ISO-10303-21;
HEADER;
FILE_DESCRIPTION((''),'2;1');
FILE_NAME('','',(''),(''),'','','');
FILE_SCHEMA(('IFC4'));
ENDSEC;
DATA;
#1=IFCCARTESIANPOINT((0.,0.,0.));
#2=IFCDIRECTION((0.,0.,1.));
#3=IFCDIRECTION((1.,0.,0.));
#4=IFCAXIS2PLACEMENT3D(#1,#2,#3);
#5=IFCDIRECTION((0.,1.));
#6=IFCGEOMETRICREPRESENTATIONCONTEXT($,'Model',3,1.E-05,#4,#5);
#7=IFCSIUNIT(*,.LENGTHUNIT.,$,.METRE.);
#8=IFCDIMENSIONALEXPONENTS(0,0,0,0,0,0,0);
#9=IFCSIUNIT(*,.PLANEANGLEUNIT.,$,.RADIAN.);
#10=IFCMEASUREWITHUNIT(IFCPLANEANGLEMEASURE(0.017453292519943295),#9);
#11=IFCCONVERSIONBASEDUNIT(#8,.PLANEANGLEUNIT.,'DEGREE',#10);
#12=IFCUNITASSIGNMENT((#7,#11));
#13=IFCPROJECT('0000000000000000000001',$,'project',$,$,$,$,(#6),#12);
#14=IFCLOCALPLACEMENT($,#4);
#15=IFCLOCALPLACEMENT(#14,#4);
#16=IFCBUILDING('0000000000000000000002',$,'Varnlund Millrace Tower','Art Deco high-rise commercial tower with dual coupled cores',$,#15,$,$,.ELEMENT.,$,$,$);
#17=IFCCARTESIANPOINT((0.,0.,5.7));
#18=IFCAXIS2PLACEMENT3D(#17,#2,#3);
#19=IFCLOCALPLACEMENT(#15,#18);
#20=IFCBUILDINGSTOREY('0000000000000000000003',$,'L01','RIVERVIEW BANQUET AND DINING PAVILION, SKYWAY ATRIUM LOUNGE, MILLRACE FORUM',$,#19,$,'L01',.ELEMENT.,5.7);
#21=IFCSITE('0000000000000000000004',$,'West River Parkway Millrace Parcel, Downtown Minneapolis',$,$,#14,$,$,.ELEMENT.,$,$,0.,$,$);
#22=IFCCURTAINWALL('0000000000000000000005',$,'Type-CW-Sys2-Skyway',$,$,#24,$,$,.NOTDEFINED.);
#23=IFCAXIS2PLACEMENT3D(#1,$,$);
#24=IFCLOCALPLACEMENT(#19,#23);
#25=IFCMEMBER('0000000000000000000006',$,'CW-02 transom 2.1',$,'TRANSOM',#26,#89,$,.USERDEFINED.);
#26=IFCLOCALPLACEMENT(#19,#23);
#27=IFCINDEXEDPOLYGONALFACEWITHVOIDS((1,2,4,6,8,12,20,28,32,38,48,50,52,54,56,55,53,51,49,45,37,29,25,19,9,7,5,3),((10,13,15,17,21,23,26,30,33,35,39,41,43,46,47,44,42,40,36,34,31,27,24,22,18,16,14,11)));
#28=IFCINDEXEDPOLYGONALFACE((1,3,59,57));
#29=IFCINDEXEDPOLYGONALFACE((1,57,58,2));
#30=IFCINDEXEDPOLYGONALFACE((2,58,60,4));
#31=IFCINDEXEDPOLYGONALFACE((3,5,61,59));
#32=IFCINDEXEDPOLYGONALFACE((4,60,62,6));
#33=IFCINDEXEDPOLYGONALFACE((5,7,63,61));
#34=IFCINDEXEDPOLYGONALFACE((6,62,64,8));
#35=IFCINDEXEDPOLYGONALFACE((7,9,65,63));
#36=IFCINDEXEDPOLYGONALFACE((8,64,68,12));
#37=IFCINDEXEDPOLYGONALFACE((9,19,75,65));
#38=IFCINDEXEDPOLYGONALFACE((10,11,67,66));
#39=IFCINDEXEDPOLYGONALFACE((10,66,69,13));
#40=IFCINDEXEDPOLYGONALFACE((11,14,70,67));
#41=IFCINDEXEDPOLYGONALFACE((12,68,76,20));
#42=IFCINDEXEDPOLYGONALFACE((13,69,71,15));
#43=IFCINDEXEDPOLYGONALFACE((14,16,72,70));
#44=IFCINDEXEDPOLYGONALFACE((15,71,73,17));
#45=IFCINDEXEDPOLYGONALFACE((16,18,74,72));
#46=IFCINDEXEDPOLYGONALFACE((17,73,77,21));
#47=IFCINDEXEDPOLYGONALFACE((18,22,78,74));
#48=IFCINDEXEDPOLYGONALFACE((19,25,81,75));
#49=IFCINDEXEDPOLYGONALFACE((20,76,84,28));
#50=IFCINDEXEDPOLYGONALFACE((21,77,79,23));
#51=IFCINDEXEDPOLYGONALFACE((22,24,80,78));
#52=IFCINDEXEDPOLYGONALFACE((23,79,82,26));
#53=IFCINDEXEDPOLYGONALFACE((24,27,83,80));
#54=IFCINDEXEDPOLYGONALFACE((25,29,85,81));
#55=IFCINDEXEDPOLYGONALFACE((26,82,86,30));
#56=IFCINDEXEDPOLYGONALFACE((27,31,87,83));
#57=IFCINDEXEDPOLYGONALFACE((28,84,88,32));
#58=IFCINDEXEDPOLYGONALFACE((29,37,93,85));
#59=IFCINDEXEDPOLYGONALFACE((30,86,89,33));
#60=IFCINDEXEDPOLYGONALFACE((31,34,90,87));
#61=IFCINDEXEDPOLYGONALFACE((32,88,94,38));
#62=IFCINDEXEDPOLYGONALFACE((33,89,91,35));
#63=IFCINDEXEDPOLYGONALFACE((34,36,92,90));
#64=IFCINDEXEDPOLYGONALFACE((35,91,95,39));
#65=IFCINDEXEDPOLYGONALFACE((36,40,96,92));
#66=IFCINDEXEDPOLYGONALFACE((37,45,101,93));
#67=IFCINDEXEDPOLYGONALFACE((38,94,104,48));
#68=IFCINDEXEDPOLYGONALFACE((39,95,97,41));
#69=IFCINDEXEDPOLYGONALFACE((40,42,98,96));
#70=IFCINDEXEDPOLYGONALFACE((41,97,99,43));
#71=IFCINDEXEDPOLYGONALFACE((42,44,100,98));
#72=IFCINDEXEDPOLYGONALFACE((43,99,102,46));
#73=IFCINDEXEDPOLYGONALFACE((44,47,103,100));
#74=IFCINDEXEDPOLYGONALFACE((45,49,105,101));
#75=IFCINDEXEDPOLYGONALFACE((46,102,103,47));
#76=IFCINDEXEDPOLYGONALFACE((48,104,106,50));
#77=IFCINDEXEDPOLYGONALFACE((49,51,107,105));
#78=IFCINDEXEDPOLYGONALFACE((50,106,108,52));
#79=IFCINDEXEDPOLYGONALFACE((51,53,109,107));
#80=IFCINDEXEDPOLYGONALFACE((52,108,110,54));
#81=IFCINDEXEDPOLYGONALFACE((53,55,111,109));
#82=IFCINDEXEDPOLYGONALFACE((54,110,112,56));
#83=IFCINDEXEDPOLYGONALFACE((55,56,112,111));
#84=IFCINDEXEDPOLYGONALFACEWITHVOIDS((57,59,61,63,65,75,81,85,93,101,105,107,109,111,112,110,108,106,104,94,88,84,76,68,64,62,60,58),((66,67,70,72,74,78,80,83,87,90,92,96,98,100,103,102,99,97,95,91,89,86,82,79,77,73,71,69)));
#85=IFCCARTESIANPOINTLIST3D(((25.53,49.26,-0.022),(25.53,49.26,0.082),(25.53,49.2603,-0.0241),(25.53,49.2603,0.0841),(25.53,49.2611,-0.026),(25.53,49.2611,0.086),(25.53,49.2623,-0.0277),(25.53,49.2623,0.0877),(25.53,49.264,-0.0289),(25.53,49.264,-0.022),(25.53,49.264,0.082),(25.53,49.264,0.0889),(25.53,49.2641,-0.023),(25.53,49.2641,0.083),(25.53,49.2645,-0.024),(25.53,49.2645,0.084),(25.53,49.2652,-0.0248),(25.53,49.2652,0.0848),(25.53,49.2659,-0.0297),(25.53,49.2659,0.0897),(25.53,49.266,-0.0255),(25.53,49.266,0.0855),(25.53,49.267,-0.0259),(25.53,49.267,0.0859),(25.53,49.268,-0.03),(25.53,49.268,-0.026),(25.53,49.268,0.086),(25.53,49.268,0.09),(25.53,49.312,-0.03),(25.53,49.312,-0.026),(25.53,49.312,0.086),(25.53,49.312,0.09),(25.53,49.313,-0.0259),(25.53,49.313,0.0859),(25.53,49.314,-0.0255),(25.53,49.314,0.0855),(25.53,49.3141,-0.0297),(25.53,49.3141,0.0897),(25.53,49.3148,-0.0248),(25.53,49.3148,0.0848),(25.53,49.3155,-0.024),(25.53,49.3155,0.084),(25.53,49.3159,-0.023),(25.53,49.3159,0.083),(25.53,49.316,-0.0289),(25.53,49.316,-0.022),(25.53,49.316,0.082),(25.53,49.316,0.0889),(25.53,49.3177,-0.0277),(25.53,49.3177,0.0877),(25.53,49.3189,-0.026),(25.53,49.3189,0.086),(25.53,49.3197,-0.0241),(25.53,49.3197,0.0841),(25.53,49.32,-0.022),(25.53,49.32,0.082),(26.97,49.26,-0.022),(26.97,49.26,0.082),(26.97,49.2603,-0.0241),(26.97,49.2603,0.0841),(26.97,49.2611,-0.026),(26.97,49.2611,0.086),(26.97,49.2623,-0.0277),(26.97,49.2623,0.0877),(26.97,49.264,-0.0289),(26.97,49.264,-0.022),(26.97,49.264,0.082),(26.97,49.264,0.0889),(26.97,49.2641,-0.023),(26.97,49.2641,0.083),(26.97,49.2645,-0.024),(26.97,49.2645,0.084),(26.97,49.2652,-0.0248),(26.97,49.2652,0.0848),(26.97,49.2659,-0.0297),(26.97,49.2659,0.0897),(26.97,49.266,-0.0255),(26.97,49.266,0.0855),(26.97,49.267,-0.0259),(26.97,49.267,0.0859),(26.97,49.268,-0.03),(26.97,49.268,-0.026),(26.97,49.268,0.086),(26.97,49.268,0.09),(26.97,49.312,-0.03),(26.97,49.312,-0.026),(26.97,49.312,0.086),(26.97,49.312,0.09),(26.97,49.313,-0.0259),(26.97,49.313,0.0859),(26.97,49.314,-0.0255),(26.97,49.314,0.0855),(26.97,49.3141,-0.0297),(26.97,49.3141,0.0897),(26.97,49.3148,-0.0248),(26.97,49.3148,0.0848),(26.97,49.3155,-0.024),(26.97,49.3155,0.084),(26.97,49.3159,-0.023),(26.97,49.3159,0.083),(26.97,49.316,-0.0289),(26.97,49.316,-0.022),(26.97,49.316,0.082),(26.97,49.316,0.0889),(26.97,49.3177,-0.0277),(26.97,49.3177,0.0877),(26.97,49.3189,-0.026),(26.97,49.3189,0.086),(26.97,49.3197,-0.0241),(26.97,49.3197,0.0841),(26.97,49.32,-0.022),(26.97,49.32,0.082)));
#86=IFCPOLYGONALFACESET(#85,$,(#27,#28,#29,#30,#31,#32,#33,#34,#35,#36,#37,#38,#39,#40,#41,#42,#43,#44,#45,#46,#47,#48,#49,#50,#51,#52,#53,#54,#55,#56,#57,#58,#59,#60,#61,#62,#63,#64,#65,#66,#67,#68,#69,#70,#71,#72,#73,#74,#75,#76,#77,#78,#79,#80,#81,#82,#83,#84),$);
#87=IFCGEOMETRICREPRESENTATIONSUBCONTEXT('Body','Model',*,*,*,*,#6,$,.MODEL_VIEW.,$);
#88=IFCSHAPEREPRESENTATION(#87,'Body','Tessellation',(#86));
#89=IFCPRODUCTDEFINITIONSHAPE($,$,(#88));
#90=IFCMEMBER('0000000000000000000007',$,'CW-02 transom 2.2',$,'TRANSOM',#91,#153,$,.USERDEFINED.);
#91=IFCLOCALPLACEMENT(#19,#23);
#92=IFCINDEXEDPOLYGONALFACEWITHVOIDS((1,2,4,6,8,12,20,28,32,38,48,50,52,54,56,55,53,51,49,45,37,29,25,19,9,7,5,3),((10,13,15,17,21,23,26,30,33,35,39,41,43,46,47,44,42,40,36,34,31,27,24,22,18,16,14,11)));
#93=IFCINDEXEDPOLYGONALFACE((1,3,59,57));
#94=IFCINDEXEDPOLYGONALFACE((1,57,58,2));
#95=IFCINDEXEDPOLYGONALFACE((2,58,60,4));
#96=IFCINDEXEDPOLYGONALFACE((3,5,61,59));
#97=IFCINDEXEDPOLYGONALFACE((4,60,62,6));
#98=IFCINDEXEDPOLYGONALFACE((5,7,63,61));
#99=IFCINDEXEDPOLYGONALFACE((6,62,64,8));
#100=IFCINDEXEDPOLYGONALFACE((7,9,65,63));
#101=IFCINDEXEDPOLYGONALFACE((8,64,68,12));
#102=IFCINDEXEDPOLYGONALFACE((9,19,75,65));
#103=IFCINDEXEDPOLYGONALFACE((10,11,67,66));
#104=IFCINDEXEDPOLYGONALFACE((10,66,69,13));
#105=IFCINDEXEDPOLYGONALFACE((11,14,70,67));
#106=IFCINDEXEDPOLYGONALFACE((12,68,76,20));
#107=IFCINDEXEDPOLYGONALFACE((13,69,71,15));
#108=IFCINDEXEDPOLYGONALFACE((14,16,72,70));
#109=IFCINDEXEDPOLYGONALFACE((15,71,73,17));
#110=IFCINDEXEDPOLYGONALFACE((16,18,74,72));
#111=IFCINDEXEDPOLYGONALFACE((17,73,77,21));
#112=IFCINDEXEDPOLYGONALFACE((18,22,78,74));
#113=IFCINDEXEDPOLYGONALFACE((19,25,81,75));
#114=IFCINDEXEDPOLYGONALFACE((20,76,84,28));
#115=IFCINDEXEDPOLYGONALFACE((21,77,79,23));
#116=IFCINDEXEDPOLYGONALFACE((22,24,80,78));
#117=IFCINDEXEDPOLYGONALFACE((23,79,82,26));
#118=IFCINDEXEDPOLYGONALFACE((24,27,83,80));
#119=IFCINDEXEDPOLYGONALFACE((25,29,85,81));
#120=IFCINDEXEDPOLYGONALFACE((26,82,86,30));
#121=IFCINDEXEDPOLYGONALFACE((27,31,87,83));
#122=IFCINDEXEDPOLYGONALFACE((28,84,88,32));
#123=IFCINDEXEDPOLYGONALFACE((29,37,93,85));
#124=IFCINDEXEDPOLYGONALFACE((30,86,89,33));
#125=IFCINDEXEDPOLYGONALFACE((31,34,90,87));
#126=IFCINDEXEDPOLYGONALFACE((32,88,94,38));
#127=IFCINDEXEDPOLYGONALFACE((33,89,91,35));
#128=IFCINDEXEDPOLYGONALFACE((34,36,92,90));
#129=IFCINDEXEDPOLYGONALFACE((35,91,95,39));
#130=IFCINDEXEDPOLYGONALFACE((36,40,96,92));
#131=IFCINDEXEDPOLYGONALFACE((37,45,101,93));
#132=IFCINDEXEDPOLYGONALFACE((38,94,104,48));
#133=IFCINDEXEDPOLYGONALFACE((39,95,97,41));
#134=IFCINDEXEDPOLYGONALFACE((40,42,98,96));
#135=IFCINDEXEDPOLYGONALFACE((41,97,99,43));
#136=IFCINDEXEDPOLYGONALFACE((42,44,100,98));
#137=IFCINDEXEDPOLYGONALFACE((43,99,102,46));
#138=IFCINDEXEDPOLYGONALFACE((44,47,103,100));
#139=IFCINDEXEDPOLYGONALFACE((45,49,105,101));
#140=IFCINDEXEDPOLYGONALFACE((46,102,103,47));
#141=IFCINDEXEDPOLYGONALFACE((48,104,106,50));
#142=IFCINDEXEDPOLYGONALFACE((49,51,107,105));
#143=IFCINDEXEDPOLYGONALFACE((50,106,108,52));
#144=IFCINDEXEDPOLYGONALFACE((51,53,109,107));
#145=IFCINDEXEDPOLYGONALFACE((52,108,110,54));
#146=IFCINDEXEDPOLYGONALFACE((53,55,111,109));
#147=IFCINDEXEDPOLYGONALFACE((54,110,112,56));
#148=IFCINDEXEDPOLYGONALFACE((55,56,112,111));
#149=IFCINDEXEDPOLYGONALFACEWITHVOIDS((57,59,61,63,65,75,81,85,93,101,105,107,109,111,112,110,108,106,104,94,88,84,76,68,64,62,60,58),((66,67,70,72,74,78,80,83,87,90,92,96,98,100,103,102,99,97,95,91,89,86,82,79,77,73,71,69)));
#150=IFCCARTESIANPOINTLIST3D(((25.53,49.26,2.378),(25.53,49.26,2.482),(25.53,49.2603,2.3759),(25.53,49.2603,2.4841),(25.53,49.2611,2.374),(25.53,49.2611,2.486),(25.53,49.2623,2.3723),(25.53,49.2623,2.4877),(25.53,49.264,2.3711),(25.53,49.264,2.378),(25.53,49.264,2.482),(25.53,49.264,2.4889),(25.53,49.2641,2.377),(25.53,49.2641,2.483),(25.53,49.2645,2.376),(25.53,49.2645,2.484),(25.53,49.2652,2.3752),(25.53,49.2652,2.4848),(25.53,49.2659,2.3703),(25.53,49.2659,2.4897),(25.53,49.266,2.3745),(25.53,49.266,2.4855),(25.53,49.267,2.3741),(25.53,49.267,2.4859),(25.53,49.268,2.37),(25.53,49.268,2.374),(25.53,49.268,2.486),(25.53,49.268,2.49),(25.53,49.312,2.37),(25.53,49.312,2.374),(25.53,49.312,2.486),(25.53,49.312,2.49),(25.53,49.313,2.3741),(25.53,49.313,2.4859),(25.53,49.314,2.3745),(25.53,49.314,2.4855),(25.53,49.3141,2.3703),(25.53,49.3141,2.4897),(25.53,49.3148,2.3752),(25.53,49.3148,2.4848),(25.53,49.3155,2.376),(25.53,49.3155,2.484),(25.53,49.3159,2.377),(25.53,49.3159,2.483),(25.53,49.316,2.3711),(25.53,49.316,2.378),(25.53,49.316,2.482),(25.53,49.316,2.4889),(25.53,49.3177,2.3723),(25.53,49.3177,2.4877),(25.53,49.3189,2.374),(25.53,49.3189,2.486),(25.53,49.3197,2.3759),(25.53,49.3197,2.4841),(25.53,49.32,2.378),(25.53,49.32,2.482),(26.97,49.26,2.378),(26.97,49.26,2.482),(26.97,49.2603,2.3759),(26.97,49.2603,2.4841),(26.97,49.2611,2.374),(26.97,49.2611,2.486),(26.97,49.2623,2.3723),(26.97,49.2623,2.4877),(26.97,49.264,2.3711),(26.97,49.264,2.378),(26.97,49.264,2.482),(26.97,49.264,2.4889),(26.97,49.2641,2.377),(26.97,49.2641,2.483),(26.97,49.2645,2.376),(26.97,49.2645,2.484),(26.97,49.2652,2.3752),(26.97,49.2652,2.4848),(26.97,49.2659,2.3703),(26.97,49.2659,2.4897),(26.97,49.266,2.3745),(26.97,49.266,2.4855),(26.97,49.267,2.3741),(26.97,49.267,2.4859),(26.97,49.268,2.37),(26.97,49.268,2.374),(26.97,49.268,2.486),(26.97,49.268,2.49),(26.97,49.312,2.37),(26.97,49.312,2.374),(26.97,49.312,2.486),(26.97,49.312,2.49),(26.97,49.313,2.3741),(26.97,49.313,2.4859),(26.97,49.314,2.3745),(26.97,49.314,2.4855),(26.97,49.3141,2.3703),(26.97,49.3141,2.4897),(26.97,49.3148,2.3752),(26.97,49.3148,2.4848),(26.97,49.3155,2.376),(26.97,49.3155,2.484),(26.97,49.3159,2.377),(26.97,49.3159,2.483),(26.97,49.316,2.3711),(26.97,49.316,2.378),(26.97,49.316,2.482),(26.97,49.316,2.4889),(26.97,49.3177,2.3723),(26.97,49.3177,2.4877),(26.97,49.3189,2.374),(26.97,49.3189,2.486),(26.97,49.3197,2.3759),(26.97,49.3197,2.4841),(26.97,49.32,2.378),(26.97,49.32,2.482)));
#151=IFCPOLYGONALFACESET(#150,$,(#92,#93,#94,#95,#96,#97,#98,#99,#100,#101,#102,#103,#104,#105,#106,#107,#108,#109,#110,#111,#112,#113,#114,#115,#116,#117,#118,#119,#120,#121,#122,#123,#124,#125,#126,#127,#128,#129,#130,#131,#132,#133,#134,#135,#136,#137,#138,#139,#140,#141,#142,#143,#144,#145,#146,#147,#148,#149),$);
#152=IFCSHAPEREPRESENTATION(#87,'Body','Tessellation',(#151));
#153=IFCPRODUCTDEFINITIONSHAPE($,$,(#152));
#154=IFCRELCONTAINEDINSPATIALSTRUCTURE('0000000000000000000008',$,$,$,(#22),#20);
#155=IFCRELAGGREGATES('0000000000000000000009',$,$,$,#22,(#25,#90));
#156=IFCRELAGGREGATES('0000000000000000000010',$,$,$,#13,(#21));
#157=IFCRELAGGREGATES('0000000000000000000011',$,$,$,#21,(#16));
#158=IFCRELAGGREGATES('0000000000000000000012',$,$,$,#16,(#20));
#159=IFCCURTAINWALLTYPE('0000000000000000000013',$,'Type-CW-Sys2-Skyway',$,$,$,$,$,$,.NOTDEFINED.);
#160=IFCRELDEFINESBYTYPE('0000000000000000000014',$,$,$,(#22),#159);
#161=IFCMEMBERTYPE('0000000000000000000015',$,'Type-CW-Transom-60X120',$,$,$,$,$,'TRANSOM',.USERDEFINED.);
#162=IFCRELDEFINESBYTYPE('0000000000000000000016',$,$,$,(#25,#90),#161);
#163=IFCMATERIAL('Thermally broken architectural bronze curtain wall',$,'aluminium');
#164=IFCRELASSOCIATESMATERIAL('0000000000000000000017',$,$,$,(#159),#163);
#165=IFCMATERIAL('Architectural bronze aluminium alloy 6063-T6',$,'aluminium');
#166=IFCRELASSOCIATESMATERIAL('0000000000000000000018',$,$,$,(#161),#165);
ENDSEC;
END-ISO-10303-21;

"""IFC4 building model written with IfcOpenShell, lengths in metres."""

from ifc_helpers import new_model, entity, si_unit, converted_unit, direction, frame, origin_with_axes, origin_2d_with_axis, place, context, subcontext, project, spatial, hollow_rectangle, extrude, material, material_profile, profile_set, type_object, element, aggregate, save


model = new_model("IFC4")

# Units and contexts
model_context = context("Model", 3, precision=1e-05, world=origin_with_axes(), true_north=direction((0.0, 1.0)))
body_context = subcontext(model_context, "Body", "Model", "MODEL_VIEW")
ifc_project = project(units=[si_unit("LENGTHUNIT", "METRE"), converted_unit("PLANEANGLEUNIT", "DEGREE", entity("IfcPlaneAngleMeasure", 0.017453292519943295), si_unit("PLANEANGLEUNIT", "RADIAN"), dimensions=[0, 0, 0, 0, 0, 0, 0])], contexts=[model_context])

# Site, building, storey
site_placement = place(None, origin_with_axes())
site = spatial("IfcSite", under=ifc_project, at=site_placement, Name="West River Parkway Millrace Parcel, Downtown Minneapolis", CompositionType="ELEMENT", RefElevation=0.0)
building_placement = place(site_placement, origin_with_axes())
building = spatial("IfcBuilding", under=site, at=building_placement, Name="Varnlund Millrace Tower", Description="Art Deco high-rise commercial tower with dual coupled cores", CompositionType="ELEMENT")
storey_placement = place(building_placement, frame((0.0, 0.0, 5.7), z_axis=(0.0, 0.0, 1.0), x_axis=(1.0, 0.0, 0.0)))
storey = spatial("IfcBuildingStorey", under=building, at=storey_placement, Name="L01", Description="RIVERVIEW BANQUET AND DINING PAVILION, SKYWAY ATRIUM LOUNGE, MILLRACE FORUM", LongName="L01", CompositionType="ELEMENT", Elevation=5.7)

# Curtain wall, members
ifc_material_1 = material(Name="Thermally broken architectural bronze curtain wall", Category="aluminium")
curtain_wall_type = type_object("IfcCurtainWallType", Name="Type-CW-Sys2-Skyway", PredefinedType="NOTDEFINED", material=ifc_material_1)
curtain_wall_placement = place(storey_placement, frame((24.0, 49.29, 0.0), z_axis=(0.0, 0.0, 1.0), x_axis=(1.0, 0.0, 0.0)))
curtain_wall = element("IfcCurtainWall", 1, at=curtain_wall_placement, inside=storey, type_object=curtain_wall_type, Name="Type-CW-Sys2-Skyway", PredefinedType="NOTDEFINED")
ifc_material_2 = material(Name="Architectural bronze aluminium alloy 6063-T6", Category="aluminium")
ifc_material_profile_1 = material_profile(ifc_material_2, hollow_rectangle(XDim=0.06, YDim=0.12, WallThickness=0.004, InnerFilletRadius=0.004, OuterFilletRadius=0.008, at=origin_2d_with_axis()), Name="Architectural bronze aluminium alloy 6063-T6")
ifc_profile_set_1 = profile_set([ifc_material_profile_1], Name="Architectural bronze aluminium alloy 6063-T6")
member_type_1 = type_object("IfcMemberType", Name="Type-CW-Transom-60X120", ElementType="TRANSOM", PredefinedType="USERDEFINED", material=ifc_profile_set_1)
member_1_placement = place(storey_placement, frame((25.53, 49.29, 0.03), z_axis=(1.0, 0.0, 0.0), x_axis=(0.0, 1.0, 0.0)))
member_1 = element("IfcMember", 2, at=member_1_placement, type_object=member_type_1, Name="CW-02 transom 2.1", ObjectType="TRANSOM", PredefinedType="USERDEFINED", context=body_context, shape_type="SweptSolid", body=[
    extrude(hollow_rectangle(XDim=0.06, YDim=0.12, WallThickness=0.004, InnerFilletRadius=0.004, OuterFilletRadius=0.008, at=origin_2d_with_axis()), origin_with_axes(), (0.0, 0.0, 1.0), 1.44),
])
member_2_placement = place(storey_placement, frame((25.53, 49.29, 2.43), z_axis=(1.0, 0.0, 0.0), x_axis=(0.0, 1.0, 0.0)))
member_2 = element("IfcMember", 3, at=member_2_placement, type_object=member_type_1, Name="CW-02 transom 2.2", ObjectType="TRANSOM", PredefinedType="USERDEFINED", context=body_context, shape_type="SweptSolid", body=[
    extrude(hollow_rectangle(XDim=0.06, YDim=0.12, WallThickness=0.004, InnerFilletRadius=0.004, OuterFilletRadius=0.008, at=origin_2d_with_axis()), origin_with_axes(), (0.0, 0.0, 1.0), 1.44),
])

aggregate(curtain_wall, [member_1, member_2])

save(model, "model.ifc")
